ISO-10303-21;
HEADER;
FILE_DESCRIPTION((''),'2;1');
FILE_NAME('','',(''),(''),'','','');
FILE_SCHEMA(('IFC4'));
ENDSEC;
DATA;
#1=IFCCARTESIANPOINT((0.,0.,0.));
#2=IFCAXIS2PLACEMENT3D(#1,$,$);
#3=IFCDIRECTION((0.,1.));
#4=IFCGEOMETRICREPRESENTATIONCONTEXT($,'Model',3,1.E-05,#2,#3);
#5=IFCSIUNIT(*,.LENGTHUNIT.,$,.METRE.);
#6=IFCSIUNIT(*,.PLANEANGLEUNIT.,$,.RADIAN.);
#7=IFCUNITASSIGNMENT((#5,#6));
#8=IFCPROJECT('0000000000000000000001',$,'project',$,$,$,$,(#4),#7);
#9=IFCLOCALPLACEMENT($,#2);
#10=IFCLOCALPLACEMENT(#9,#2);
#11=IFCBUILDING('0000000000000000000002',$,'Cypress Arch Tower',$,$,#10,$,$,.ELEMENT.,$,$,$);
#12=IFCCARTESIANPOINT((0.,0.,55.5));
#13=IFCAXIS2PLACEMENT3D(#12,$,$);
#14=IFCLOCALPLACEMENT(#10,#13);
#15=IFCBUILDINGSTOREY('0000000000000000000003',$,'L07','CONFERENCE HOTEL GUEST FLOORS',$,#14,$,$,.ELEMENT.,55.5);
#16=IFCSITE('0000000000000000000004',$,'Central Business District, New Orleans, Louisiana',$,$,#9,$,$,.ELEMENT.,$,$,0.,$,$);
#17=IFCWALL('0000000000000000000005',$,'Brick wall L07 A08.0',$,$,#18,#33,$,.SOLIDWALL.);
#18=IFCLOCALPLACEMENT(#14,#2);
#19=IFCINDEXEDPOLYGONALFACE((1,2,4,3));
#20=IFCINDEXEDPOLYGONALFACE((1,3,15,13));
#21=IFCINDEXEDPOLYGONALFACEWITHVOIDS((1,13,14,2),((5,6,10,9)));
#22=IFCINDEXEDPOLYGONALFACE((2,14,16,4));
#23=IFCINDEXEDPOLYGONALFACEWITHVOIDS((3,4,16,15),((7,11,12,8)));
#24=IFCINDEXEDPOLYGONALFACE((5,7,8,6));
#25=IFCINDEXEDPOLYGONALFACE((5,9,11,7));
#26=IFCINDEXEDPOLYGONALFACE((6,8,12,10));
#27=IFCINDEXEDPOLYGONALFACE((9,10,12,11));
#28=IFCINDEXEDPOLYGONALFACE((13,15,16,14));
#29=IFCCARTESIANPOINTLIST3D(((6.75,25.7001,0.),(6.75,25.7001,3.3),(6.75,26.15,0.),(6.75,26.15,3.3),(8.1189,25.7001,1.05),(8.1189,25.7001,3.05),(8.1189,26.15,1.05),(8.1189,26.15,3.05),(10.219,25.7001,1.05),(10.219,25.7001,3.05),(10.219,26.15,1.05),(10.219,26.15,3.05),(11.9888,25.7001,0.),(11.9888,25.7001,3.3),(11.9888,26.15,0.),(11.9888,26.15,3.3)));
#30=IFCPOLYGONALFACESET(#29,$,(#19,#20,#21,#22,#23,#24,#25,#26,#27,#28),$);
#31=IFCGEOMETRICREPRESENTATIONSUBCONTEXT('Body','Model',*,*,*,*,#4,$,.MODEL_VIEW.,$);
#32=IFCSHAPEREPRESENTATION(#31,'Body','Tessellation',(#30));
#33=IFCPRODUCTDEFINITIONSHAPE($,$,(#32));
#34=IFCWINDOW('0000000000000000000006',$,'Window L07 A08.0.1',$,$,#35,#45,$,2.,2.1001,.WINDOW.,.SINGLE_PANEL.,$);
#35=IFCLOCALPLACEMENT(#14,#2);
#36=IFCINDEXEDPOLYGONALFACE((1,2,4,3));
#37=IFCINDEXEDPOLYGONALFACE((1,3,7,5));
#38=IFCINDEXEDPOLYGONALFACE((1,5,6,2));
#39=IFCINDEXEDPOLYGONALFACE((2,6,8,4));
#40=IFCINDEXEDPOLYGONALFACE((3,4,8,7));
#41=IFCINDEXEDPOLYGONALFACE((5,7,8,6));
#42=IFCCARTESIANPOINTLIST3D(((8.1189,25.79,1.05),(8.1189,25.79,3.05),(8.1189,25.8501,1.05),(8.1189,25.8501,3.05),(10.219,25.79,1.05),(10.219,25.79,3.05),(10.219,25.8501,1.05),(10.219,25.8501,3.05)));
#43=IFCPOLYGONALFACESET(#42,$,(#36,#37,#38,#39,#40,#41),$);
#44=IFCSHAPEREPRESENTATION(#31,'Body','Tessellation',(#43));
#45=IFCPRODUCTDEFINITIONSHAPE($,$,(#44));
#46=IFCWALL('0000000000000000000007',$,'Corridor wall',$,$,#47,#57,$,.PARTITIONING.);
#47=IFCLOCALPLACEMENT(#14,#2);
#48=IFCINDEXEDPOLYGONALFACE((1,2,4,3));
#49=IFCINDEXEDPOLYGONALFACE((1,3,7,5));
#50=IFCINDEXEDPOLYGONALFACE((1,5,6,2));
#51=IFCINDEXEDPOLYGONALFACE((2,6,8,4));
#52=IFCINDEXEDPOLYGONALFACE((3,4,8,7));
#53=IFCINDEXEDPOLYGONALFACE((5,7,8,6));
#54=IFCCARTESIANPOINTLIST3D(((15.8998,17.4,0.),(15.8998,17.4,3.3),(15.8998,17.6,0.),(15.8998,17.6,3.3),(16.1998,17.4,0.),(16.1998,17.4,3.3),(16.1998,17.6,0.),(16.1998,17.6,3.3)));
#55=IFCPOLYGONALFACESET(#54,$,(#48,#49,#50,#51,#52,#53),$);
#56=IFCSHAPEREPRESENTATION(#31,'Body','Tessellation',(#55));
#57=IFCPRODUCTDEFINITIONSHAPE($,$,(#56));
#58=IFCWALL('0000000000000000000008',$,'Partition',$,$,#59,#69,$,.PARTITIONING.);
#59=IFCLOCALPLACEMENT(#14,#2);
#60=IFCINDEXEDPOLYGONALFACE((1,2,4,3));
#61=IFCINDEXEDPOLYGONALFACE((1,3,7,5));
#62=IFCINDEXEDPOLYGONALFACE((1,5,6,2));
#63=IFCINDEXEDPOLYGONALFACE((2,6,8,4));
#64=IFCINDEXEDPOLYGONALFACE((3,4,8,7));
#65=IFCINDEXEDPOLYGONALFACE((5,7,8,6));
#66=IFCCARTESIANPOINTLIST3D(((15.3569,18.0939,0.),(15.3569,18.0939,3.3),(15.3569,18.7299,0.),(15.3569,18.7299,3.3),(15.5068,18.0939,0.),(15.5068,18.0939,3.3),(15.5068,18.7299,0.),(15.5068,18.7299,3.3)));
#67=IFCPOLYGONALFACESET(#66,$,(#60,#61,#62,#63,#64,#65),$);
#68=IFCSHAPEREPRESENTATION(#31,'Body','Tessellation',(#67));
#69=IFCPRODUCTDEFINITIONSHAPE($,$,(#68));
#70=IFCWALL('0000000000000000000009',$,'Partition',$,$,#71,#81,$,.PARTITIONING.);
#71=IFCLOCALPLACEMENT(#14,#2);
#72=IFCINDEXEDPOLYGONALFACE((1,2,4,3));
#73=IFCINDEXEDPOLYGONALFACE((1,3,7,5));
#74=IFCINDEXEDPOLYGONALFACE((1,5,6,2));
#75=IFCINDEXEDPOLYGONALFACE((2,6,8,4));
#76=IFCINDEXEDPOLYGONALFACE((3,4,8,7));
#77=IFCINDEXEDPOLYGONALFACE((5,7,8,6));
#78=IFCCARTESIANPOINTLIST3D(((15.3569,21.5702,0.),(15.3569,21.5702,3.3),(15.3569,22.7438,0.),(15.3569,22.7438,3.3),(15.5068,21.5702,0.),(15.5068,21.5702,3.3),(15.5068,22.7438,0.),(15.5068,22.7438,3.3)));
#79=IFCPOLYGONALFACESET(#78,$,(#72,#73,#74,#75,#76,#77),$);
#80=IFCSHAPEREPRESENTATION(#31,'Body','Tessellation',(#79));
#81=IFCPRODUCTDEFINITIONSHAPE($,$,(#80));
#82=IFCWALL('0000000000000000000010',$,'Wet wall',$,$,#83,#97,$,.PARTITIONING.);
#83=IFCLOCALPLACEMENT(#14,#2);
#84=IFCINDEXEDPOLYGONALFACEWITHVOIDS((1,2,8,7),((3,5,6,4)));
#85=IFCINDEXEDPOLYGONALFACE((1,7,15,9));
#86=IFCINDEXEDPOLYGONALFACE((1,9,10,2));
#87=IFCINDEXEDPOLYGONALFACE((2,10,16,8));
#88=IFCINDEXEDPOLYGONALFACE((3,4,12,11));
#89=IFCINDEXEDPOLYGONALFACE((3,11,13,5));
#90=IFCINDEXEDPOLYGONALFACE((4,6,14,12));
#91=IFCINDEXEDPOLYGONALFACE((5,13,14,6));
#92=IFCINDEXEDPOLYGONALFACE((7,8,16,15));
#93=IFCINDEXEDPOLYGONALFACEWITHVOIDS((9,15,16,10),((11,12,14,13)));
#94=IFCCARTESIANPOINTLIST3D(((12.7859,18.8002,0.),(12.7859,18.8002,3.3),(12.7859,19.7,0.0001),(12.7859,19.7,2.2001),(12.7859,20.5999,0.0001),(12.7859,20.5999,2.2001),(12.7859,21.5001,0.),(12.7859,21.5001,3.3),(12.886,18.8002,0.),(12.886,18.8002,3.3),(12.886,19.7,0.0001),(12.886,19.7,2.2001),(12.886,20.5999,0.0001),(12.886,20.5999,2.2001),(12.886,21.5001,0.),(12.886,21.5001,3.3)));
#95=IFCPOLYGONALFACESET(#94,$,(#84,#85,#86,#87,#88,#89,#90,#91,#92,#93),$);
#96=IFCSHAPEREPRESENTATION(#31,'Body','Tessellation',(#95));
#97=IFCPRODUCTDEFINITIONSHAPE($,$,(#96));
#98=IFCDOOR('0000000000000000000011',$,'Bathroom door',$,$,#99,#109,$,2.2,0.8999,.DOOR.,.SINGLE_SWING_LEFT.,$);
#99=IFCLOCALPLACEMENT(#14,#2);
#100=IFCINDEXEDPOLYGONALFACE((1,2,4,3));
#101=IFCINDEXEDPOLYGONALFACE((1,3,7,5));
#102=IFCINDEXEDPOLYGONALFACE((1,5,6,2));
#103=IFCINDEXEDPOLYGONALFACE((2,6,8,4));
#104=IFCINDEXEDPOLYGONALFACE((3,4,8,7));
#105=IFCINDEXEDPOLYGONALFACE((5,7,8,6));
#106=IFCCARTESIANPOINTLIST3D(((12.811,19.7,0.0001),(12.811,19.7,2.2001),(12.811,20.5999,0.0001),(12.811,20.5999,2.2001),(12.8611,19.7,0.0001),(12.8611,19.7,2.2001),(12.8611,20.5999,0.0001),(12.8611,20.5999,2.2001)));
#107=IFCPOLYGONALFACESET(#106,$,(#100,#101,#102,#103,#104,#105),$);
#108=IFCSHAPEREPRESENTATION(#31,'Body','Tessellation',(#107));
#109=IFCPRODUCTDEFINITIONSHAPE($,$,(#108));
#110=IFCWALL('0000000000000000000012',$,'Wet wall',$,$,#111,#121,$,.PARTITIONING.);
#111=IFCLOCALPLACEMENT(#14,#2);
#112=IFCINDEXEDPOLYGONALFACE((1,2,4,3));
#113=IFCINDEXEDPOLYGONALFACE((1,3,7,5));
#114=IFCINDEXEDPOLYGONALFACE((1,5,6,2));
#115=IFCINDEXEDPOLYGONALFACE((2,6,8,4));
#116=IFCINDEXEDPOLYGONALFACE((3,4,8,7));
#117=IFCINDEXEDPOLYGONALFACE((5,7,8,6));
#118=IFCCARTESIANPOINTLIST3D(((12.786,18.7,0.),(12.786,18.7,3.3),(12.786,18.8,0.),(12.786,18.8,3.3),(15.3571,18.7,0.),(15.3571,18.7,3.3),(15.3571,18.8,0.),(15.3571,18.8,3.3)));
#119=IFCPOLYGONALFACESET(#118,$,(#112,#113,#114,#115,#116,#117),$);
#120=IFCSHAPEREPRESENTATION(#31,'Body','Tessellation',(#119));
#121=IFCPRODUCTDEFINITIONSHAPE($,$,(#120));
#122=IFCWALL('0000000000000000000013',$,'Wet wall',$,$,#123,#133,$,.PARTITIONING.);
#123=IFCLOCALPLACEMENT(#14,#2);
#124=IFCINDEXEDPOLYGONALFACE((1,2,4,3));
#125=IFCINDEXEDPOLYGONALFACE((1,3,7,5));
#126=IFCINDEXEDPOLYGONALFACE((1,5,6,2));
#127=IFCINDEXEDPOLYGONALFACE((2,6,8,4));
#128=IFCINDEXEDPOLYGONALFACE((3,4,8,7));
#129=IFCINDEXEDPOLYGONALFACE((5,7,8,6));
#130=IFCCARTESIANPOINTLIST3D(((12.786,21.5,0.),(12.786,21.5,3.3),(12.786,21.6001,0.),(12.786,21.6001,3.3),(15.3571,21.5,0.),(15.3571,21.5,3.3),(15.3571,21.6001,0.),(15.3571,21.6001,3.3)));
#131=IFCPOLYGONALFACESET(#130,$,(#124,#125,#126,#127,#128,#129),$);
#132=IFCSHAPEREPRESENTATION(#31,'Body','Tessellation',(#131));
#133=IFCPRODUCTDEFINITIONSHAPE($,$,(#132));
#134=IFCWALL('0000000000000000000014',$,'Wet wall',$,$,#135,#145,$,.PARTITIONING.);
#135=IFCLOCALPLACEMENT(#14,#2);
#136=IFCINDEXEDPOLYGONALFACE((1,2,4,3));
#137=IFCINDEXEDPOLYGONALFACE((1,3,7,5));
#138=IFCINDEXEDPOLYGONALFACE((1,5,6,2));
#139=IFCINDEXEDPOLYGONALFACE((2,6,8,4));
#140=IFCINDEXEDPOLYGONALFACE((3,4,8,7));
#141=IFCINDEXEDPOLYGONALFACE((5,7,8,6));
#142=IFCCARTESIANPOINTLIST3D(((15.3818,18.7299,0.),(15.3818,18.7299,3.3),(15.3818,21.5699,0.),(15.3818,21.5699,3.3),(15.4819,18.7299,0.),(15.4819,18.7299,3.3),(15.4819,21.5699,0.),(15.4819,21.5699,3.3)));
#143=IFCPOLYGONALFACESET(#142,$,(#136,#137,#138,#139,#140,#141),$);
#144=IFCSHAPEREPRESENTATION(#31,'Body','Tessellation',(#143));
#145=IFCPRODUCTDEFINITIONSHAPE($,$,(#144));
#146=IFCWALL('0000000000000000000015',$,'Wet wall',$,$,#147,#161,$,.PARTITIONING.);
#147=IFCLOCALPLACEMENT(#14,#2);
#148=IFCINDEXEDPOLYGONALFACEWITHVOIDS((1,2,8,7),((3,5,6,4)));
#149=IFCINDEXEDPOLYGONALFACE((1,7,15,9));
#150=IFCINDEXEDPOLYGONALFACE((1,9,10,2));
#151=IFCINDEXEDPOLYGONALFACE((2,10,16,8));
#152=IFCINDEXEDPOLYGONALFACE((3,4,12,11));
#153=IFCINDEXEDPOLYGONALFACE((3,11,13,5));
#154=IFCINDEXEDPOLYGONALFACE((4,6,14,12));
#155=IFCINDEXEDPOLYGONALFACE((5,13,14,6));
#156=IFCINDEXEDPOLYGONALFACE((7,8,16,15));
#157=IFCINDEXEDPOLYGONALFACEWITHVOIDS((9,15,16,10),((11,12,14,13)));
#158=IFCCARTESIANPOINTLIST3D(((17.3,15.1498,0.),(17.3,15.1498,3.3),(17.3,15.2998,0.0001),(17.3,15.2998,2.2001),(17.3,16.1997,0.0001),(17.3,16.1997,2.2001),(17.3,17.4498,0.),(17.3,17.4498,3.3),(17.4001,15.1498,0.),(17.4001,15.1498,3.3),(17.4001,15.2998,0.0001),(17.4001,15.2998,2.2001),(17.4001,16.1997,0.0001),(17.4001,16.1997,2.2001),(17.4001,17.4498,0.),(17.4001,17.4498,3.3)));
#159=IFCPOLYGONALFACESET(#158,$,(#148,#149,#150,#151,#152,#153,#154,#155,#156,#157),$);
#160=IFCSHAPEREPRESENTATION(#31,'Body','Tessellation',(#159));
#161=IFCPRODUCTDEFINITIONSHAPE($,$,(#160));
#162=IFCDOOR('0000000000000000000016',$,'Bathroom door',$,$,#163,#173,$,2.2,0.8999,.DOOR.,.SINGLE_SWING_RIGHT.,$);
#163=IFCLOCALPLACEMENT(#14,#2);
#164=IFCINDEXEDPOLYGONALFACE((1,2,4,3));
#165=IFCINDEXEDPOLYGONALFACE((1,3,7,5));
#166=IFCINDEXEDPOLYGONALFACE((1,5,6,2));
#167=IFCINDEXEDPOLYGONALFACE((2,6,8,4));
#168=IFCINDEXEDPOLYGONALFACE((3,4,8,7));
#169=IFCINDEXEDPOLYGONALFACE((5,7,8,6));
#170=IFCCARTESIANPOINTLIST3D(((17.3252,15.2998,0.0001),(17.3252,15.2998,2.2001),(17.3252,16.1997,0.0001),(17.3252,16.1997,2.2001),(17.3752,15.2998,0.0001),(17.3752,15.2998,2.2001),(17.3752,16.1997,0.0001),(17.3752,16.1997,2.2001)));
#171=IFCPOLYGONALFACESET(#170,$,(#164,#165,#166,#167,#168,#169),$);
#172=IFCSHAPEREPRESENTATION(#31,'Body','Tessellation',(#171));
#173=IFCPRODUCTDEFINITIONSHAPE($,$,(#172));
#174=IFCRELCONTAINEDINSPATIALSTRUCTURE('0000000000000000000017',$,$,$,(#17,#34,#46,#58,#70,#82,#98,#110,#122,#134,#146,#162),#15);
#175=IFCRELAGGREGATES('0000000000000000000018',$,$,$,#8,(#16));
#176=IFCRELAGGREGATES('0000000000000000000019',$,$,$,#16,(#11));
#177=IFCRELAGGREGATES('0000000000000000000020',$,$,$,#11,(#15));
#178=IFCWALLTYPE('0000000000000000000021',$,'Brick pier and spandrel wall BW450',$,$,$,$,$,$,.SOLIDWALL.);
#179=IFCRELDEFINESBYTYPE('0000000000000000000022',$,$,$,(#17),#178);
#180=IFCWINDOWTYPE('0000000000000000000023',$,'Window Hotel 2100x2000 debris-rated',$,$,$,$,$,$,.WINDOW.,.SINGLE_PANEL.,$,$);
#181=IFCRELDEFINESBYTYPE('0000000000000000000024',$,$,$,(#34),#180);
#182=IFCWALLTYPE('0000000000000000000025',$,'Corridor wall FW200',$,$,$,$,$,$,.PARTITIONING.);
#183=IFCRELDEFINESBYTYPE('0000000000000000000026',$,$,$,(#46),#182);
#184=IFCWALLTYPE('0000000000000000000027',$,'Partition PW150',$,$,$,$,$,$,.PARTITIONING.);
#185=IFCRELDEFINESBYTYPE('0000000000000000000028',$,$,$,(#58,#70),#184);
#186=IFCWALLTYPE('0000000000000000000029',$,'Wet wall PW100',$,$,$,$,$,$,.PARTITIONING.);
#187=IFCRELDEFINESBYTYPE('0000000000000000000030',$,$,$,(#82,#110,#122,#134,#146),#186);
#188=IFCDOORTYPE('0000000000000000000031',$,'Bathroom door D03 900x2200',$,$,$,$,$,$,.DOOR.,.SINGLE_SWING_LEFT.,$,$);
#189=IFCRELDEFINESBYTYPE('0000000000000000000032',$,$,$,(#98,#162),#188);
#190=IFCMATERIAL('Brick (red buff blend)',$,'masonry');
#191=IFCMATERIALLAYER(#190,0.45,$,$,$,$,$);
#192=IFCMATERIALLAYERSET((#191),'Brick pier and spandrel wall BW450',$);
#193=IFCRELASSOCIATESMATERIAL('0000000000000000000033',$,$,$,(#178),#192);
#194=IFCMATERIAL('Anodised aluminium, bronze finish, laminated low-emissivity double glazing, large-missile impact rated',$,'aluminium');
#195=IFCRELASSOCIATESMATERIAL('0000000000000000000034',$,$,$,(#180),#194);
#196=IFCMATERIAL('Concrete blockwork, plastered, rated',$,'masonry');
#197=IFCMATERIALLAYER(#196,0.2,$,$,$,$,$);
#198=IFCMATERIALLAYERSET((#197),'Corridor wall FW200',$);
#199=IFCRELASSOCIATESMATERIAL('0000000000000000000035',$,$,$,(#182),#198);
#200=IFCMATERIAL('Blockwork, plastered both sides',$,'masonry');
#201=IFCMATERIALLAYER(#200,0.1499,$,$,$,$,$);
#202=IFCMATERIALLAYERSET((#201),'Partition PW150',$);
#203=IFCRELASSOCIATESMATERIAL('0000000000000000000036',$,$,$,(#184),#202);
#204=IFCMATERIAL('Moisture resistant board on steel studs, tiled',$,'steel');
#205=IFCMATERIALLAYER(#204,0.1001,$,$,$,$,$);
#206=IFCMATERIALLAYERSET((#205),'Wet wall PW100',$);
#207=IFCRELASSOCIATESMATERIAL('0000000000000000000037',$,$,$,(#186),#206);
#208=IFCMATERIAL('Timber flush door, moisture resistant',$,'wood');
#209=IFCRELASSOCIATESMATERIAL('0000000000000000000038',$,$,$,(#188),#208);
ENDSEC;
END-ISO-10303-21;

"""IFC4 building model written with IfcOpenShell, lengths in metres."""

from ifc_helpers import new_model, si_unit, direction, frame, frame_2d, origin, place, context, subcontext, project, spatial, rectangle, extrude, material, layer, layer_set, type_object, element, fill, save


model = new_model("IFC4")

# Units and contexts
model_context = context("Model", 3, precision=1e-05, world=origin(), true_north=direction((0.0, 1.0)))
body_context = subcontext(model_context, "Body", "Model", "MODEL_VIEW")
ifc_project = project(units=[si_unit("LENGTHUNIT", "METRE"), si_unit("PLANEANGLEUNIT", "RADIAN")], contexts=[model_context])

# Site, building, storey
site_placement = place(None, origin())
site = spatial("IfcSite", under=ifc_project, at=site_placement, Name="Central Business District, New Orleans, Louisiana", CompositionType="ELEMENT", RefElevation=0.0)
building_placement = place(site_placement, origin())
building = spatial("IfcBuilding", under=site, at=building_placement, Name="Cypress Arch Tower", CompositionType="ELEMENT")
storey_placement = place(building_placement, frame((0.0, 0.0, 55.5)))
storey = spatial("IfcBuildingStorey", under=building, at=storey_placement, Name="L07", Description="CONFERENCE HOTEL GUEST FLOORS", CompositionType="ELEMENT", Elevation=55.5)

# Shared definitions
ifc_material_1 = material(Name="Brick (red buff blend)", Category="masonry")
ifc_layer_1 = layer(ifc_material_1, 0.45)
ifc_layer_set_1 = layer_set([ifc_layer_1], Name="Brick pier and spandrel wall BW450")
wall_type_1 = type_object("IfcWallType", Name="Brick pier and spandrel wall BW450", PredefinedType="SOLIDWALL", material=ifc_layer_set_1)

# Wall, opening, window
wall_1_placement = place(storey_placement, frame((11.9888, 25.925, 0.0), z_axis=(0.0, 0.0, 1.0), x_axis=(-1.0, 0.0, 0.0)))
wall_1 = element("IfcWall", 1, at=wall_1_placement, inside=storey, type_object=wall_type_1, Name="Brick wall L07 A08.0", PredefinedType="SOLIDWALL", context=body_context, shape_type="SweptSolid", body=[
    extrude(rectangle(XDim=5.2388, YDim=0.45, at=frame_2d((2.6194, 0.0))), origin(), (0.0, 0.0, 1.0), 3.3),
])
opening_1_placement = place(wall_1_placement, frame((1.7698, 0.0, 1.05)))
opening_1 = element("IfcOpeningElement", 2, at=opening_1_placement, cuts=wall_1, PredefinedType="OPENING", context=body_context, shape_type="SweptSolid", body=[
    extrude(rectangle(XDim=2.1001, YDim=2.0, at=frame_2d((1.05, 1.0))), frame((0.0, 0.2349, 0.0), z_axis=(0.0, -1.0, 0.0), x_axis=(1.0, 0.0, 0.0)), (0.0, 0.0, 1.0), 0.47),
])
ifc_material_2 = material(Name="Anodised aluminium, bronze finish, laminated low-emissivity double glazing, large-missile impact rated", Category="aluminium")
window_type_1 = type_object("IfcWindowType", Name="Window Hotel 2100x2000 debris-rated", PartitioningType="SINGLE_PANEL", PredefinedType="WINDOW", material=ifc_material_2)
window_1_placement = place(opening_1_placement, origin())
window_1 = element("IfcWindow", 3, at=window_1_placement, inside=storey, type_object=window_type_1, Name="Window L07 A08.0.1", OverallHeight=2.0, OverallWidth=2.1001, PartitioningType="SINGLE_PANEL", PredefinedType="WINDOW", context=body_context, shape_type="SweptSolid", body=[
    extrude(rectangle(XDim=2.1001, YDim=2.0, at=frame_2d((1.05, 1.0))), frame((0.0, 0.135, 0.0), z_axis=(0.0, -1.0, 0.0), x_axis=(1.0, 0.0, 0.0)), (0.0, 0.0, 1.0), 0.0601),
])
fill(opening_1, window_1)

# Walls
ifc_material_3 = material(Name="Concrete blockwork, plastered, rated", Category="masonry")
ifc_layer_2 = layer(ifc_material_3, 0.2)
ifc_layer_set_2 = layer_set([ifc_layer_2], Name="Corridor wall FW200")
wall_type_2 = type_object("IfcWallType", Name="Corridor wall FW200", PredefinedType="PARTITIONING", material=ifc_layer_set_2)
wall_2_placement = place(storey_placement, frame((15.8999, 17.5, 0.0), z_axis=(0.0, 0.0, 1.0), x_axis=(1.0, 0.0, 0.0)))
element("IfcWall", 4, at=wall_2_placement, inside=storey, type_object=wall_type_2, Name="Corridor wall", PredefinedType="PARTITIONING", context=body_context, shape_type="SweptSolid", body=[
    extrude(rectangle(XDim=0.3, YDim=0.2, at=frame_2d((0.1499, 0.0))), origin(), (0.0, 0.0, 1.0), 3.3),
])
ifc_material_4 = material(Name="Blockwork, plastered both sides", Category="masonry")
ifc_layer_3 = layer(ifc_material_4, 0.1499)
ifc_layer_set_3 = layer_set([ifc_layer_3], Name="Partition PW150")
wall_type_3 = type_object("IfcWallType", Name="Partition PW150", PredefinedType="PARTITIONING", material=ifc_layer_set_3)
wall_3_placement = place(storey_placement, frame((15.4319, 18.094, 0.0), z_axis=(0.0, 0.0, 1.0), x_axis=(0.0, 1.0, 0.0)))
element("IfcWall", 5, at=wall_3_placement, inside=storey, type_object=wall_type_3, Name="Partition", PredefinedType="PARTITIONING", context=body_context, shape_type="SweptSolid", body=[
    extrude(rectangle(XDim=0.636, YDim=0.1499, at=frame_2d((0.3179, 0.0))), origin(), (0.0, 0.0, 1.0), 3.3),
])
wall_4_placement = place(storey_placement, frame((15.4319, 21.5701, 0.0), z_axis=(0.0, 0.0, 1.0), x_axis=(0.0, 1.0, 0.0)))
element("IfcWall", 6, at=wall_4_placement, inside=storey, type_object=wall_type_3, Name="Partition", PredefinedType="PARTITIONING", context=body_context, shape_type="SweptSolid", body=[
    extrude(rectangle(XDim=1.1736, YDim=0.1499, at=frame_2d((0.5869, 0.0))), origin(), (0.0, 0.0, 1.0), 3.3),
])

# Wall, opening, door
ifc_material_5 = material(Name="Moisture resistant board on steel studs, tiled", Category="steel")
ifc_layer_4 = layer(ifc_material_5, 0.1001)
ifc_layer_set_4 = layer_set([ifc_layer_4], Name="Wet wall PW100")
wall_type_4 = type_object("IfcWallType", Name="Wet wall PW100", PredefinedType="PARTITIONING", material=ifc_layer_set_4)
wall_5_placement = place(storey_placement, frame((12.8359, 18.8, 0.0), z_axis=(0.0, 0.0, 1.0), x_axis=(0.0, 1.0, 0.0)))
wall_5 = element("IfcWall", 7, at=wall_5_placement, inside=storey, type_object=wall_type_4, Name="Wet wall", PredefinedType="PARTITIONING", context=body_context, shape_type="SweptSolid", body=[
    extrude(rectangle(XDim=2.7, YDim=0.1001, at=frame_2d((1.3501, 0.0))), origin(), (0.0, 0.0, 1.0), 3.3),
])
opening_2_placement = place(wall_5_placement, frame((0.8999, 0.0, 0.0)))
opening_2 = element("IfcOpeningElement", 8, at=opening_2_placement, cuts=wall_5, PredefinedType="OPENING", context=body_context, shape_type="SweptSolid", body=[
    extrude(rectangle(XDim=0.8999, YDim=2.2, at=frame_2d((0.45, 1.1001))), frame((0.0, 0.0601, 0.0), z_axis=(0.0, -1.0, 0.0), x_axis=(1.0, 0.0, 0.0)), (0.0, 0.0, 1.0), 0.1201),
])
ifc_material_6 = material(Name="Timber flush door, moisture resistant", Category="wood")
door_type_1 = type_object("IfcDoorType", Name="Bathroom door D03 900x2200", OperationType="SINGLE_SWING_LEFT", PredefinedType="DOOR", material=ifc_material_6)
door_1_placement = place(opening_2_placement, origin())
door_1 = element("IfcDoor", 9, at=door_1_placement, inside=storey, type_object=door_type_1, Name="Bathroom door", OperationType="SINGLE_SWING_LEFT", OverallHeight=2.2, OverallWidth=0.8999, PredefinedType="DOOR", context=body_context, shape_type="SweptSolid", body=[
    extrude(rectangle(XDim=0.8999, YDim=2.2, at=frame_2d((0.45, 1.1001))), frame((0.0, 0.0249, 0.0), z_axis=(0.0, -1.0, 0.0), x_axis=(1.0, 0.0, 0.0)), (0.0, 0.0, 1.0), 0.05),
])
fill(opening_2, door_1)

# Walls
for number, where, z_axis, x_axis, name in (
    (10, (12.7859, 18.75, 0.0), (0.0, 0.0, 1.0), (1.0, 0.0, 0.0), "Wet wall"),
    (11, (12.7859, 21.55, 0.0), (0.0, 0.0, 1.0), (1.0, 0.0, 0.0), "Wet wall"),
):
    element("IfcWall", number, at=place(storey_placement, frame(where, z_axis=z_axis, x_axis=x_axis)), inside=storey, type_object=wall_type_4, Name=name, PredefinedType="PARTITIONING", context=body_context, shape_type="SweptSolid", body=[
        extrude(rectangle(XDim=2.571, YDim=0.1001, at=frame_2d((1.2856, 0.0))), origin(), (0.0, 0.0, 1.0), 3.3),
    ])
wall_6_placement = place(storey_placement, frame((15.4319, 18.73, 0.0), z_axis=(0.0, 0.0, 1.0), x_axis=(0.0, 1.0, 0.0)))
element("IfcWall", 12, at=wall_6_placement, inside=storey, type_object=wall_type_4, Name="Wet wall", PredefinedType="PARTITIONING", context=body_context, shape_type="SweptSolid", body=[
    extrude(rectangle(XDim=2.8401, YDim=0.1001, at=frame_2d((1.4199, 0.0))), origin(), (0.0, 0.0, 1.0), 3.3),
])

# Wall, opening, door
wall_7_placement = place(storey_placement, frame((17.3501, 15.1499, 0.0), z_axis=(0.0, 0.0, 1.0), x_axis=(0.0, 1.0, 0.0)))
wall_7 = element("IfcWall", 13, at=wall_7_placement, inside=storey, type_object=wall_type_4, Name="Wet wall", PredefinedType="PARTITIONING", context=body_context, shape_type="SweptSolid", body=[
    extrude(rectangle(XDim=2.3, YDim=0.1001, at=frame_2d((1.1499, 0.0))), origin(), (0.0, 0.0, 1.0), 3.3),
])
opening_3_placement = place(wall_7_placement, frame((0.1499, 0.0, 0.0)))
opening_3 = element("IfcOpeningElement", 14, at=opening_3_placement, cuts=wall_7, PredefinedType="OPENING", context=body_context, shape_type="SweptSolid", body=[
    extrude(rectangle(XDim=0.8999, YDim=2.2, at=frame_2d((0.45, 1.1001))), frame((0.0, 0.0601, 0.0), z_axis=(0.0, -1.0, 0.0), x_axis=(1.0, 0.0, 0.0)), (0.0, 0.0, 1.0), 0.1201),
])
door_2_placement = place(opening_3_placement, origin())
door_2 = element("IfcDoor", 15, at=door_2_placement, inside=storey, type_object=door_type_1, Name="Bathroom door", OperationType="SINGLE_SWING_RIGHT", OverallHeight=2.2, OverallWidth=0.8999, PredefinedType="DOOR", context=body_context, shape_type="SweptSolid", body=[
    extrude(rectangle(XDim=0.8999, YDim=2.2, at=frame_2d((0.45, 1.1001))), frame((0.0, 0.0249, 0.0), z_axis=(0.0, -1.0, 0.0), x_axis=(1.0, 0.0, 0.0)), (0.0, 0.0, 1.0), 0.05),
])
fill(opening_3, door_2)

save(model, "model.ifc")
